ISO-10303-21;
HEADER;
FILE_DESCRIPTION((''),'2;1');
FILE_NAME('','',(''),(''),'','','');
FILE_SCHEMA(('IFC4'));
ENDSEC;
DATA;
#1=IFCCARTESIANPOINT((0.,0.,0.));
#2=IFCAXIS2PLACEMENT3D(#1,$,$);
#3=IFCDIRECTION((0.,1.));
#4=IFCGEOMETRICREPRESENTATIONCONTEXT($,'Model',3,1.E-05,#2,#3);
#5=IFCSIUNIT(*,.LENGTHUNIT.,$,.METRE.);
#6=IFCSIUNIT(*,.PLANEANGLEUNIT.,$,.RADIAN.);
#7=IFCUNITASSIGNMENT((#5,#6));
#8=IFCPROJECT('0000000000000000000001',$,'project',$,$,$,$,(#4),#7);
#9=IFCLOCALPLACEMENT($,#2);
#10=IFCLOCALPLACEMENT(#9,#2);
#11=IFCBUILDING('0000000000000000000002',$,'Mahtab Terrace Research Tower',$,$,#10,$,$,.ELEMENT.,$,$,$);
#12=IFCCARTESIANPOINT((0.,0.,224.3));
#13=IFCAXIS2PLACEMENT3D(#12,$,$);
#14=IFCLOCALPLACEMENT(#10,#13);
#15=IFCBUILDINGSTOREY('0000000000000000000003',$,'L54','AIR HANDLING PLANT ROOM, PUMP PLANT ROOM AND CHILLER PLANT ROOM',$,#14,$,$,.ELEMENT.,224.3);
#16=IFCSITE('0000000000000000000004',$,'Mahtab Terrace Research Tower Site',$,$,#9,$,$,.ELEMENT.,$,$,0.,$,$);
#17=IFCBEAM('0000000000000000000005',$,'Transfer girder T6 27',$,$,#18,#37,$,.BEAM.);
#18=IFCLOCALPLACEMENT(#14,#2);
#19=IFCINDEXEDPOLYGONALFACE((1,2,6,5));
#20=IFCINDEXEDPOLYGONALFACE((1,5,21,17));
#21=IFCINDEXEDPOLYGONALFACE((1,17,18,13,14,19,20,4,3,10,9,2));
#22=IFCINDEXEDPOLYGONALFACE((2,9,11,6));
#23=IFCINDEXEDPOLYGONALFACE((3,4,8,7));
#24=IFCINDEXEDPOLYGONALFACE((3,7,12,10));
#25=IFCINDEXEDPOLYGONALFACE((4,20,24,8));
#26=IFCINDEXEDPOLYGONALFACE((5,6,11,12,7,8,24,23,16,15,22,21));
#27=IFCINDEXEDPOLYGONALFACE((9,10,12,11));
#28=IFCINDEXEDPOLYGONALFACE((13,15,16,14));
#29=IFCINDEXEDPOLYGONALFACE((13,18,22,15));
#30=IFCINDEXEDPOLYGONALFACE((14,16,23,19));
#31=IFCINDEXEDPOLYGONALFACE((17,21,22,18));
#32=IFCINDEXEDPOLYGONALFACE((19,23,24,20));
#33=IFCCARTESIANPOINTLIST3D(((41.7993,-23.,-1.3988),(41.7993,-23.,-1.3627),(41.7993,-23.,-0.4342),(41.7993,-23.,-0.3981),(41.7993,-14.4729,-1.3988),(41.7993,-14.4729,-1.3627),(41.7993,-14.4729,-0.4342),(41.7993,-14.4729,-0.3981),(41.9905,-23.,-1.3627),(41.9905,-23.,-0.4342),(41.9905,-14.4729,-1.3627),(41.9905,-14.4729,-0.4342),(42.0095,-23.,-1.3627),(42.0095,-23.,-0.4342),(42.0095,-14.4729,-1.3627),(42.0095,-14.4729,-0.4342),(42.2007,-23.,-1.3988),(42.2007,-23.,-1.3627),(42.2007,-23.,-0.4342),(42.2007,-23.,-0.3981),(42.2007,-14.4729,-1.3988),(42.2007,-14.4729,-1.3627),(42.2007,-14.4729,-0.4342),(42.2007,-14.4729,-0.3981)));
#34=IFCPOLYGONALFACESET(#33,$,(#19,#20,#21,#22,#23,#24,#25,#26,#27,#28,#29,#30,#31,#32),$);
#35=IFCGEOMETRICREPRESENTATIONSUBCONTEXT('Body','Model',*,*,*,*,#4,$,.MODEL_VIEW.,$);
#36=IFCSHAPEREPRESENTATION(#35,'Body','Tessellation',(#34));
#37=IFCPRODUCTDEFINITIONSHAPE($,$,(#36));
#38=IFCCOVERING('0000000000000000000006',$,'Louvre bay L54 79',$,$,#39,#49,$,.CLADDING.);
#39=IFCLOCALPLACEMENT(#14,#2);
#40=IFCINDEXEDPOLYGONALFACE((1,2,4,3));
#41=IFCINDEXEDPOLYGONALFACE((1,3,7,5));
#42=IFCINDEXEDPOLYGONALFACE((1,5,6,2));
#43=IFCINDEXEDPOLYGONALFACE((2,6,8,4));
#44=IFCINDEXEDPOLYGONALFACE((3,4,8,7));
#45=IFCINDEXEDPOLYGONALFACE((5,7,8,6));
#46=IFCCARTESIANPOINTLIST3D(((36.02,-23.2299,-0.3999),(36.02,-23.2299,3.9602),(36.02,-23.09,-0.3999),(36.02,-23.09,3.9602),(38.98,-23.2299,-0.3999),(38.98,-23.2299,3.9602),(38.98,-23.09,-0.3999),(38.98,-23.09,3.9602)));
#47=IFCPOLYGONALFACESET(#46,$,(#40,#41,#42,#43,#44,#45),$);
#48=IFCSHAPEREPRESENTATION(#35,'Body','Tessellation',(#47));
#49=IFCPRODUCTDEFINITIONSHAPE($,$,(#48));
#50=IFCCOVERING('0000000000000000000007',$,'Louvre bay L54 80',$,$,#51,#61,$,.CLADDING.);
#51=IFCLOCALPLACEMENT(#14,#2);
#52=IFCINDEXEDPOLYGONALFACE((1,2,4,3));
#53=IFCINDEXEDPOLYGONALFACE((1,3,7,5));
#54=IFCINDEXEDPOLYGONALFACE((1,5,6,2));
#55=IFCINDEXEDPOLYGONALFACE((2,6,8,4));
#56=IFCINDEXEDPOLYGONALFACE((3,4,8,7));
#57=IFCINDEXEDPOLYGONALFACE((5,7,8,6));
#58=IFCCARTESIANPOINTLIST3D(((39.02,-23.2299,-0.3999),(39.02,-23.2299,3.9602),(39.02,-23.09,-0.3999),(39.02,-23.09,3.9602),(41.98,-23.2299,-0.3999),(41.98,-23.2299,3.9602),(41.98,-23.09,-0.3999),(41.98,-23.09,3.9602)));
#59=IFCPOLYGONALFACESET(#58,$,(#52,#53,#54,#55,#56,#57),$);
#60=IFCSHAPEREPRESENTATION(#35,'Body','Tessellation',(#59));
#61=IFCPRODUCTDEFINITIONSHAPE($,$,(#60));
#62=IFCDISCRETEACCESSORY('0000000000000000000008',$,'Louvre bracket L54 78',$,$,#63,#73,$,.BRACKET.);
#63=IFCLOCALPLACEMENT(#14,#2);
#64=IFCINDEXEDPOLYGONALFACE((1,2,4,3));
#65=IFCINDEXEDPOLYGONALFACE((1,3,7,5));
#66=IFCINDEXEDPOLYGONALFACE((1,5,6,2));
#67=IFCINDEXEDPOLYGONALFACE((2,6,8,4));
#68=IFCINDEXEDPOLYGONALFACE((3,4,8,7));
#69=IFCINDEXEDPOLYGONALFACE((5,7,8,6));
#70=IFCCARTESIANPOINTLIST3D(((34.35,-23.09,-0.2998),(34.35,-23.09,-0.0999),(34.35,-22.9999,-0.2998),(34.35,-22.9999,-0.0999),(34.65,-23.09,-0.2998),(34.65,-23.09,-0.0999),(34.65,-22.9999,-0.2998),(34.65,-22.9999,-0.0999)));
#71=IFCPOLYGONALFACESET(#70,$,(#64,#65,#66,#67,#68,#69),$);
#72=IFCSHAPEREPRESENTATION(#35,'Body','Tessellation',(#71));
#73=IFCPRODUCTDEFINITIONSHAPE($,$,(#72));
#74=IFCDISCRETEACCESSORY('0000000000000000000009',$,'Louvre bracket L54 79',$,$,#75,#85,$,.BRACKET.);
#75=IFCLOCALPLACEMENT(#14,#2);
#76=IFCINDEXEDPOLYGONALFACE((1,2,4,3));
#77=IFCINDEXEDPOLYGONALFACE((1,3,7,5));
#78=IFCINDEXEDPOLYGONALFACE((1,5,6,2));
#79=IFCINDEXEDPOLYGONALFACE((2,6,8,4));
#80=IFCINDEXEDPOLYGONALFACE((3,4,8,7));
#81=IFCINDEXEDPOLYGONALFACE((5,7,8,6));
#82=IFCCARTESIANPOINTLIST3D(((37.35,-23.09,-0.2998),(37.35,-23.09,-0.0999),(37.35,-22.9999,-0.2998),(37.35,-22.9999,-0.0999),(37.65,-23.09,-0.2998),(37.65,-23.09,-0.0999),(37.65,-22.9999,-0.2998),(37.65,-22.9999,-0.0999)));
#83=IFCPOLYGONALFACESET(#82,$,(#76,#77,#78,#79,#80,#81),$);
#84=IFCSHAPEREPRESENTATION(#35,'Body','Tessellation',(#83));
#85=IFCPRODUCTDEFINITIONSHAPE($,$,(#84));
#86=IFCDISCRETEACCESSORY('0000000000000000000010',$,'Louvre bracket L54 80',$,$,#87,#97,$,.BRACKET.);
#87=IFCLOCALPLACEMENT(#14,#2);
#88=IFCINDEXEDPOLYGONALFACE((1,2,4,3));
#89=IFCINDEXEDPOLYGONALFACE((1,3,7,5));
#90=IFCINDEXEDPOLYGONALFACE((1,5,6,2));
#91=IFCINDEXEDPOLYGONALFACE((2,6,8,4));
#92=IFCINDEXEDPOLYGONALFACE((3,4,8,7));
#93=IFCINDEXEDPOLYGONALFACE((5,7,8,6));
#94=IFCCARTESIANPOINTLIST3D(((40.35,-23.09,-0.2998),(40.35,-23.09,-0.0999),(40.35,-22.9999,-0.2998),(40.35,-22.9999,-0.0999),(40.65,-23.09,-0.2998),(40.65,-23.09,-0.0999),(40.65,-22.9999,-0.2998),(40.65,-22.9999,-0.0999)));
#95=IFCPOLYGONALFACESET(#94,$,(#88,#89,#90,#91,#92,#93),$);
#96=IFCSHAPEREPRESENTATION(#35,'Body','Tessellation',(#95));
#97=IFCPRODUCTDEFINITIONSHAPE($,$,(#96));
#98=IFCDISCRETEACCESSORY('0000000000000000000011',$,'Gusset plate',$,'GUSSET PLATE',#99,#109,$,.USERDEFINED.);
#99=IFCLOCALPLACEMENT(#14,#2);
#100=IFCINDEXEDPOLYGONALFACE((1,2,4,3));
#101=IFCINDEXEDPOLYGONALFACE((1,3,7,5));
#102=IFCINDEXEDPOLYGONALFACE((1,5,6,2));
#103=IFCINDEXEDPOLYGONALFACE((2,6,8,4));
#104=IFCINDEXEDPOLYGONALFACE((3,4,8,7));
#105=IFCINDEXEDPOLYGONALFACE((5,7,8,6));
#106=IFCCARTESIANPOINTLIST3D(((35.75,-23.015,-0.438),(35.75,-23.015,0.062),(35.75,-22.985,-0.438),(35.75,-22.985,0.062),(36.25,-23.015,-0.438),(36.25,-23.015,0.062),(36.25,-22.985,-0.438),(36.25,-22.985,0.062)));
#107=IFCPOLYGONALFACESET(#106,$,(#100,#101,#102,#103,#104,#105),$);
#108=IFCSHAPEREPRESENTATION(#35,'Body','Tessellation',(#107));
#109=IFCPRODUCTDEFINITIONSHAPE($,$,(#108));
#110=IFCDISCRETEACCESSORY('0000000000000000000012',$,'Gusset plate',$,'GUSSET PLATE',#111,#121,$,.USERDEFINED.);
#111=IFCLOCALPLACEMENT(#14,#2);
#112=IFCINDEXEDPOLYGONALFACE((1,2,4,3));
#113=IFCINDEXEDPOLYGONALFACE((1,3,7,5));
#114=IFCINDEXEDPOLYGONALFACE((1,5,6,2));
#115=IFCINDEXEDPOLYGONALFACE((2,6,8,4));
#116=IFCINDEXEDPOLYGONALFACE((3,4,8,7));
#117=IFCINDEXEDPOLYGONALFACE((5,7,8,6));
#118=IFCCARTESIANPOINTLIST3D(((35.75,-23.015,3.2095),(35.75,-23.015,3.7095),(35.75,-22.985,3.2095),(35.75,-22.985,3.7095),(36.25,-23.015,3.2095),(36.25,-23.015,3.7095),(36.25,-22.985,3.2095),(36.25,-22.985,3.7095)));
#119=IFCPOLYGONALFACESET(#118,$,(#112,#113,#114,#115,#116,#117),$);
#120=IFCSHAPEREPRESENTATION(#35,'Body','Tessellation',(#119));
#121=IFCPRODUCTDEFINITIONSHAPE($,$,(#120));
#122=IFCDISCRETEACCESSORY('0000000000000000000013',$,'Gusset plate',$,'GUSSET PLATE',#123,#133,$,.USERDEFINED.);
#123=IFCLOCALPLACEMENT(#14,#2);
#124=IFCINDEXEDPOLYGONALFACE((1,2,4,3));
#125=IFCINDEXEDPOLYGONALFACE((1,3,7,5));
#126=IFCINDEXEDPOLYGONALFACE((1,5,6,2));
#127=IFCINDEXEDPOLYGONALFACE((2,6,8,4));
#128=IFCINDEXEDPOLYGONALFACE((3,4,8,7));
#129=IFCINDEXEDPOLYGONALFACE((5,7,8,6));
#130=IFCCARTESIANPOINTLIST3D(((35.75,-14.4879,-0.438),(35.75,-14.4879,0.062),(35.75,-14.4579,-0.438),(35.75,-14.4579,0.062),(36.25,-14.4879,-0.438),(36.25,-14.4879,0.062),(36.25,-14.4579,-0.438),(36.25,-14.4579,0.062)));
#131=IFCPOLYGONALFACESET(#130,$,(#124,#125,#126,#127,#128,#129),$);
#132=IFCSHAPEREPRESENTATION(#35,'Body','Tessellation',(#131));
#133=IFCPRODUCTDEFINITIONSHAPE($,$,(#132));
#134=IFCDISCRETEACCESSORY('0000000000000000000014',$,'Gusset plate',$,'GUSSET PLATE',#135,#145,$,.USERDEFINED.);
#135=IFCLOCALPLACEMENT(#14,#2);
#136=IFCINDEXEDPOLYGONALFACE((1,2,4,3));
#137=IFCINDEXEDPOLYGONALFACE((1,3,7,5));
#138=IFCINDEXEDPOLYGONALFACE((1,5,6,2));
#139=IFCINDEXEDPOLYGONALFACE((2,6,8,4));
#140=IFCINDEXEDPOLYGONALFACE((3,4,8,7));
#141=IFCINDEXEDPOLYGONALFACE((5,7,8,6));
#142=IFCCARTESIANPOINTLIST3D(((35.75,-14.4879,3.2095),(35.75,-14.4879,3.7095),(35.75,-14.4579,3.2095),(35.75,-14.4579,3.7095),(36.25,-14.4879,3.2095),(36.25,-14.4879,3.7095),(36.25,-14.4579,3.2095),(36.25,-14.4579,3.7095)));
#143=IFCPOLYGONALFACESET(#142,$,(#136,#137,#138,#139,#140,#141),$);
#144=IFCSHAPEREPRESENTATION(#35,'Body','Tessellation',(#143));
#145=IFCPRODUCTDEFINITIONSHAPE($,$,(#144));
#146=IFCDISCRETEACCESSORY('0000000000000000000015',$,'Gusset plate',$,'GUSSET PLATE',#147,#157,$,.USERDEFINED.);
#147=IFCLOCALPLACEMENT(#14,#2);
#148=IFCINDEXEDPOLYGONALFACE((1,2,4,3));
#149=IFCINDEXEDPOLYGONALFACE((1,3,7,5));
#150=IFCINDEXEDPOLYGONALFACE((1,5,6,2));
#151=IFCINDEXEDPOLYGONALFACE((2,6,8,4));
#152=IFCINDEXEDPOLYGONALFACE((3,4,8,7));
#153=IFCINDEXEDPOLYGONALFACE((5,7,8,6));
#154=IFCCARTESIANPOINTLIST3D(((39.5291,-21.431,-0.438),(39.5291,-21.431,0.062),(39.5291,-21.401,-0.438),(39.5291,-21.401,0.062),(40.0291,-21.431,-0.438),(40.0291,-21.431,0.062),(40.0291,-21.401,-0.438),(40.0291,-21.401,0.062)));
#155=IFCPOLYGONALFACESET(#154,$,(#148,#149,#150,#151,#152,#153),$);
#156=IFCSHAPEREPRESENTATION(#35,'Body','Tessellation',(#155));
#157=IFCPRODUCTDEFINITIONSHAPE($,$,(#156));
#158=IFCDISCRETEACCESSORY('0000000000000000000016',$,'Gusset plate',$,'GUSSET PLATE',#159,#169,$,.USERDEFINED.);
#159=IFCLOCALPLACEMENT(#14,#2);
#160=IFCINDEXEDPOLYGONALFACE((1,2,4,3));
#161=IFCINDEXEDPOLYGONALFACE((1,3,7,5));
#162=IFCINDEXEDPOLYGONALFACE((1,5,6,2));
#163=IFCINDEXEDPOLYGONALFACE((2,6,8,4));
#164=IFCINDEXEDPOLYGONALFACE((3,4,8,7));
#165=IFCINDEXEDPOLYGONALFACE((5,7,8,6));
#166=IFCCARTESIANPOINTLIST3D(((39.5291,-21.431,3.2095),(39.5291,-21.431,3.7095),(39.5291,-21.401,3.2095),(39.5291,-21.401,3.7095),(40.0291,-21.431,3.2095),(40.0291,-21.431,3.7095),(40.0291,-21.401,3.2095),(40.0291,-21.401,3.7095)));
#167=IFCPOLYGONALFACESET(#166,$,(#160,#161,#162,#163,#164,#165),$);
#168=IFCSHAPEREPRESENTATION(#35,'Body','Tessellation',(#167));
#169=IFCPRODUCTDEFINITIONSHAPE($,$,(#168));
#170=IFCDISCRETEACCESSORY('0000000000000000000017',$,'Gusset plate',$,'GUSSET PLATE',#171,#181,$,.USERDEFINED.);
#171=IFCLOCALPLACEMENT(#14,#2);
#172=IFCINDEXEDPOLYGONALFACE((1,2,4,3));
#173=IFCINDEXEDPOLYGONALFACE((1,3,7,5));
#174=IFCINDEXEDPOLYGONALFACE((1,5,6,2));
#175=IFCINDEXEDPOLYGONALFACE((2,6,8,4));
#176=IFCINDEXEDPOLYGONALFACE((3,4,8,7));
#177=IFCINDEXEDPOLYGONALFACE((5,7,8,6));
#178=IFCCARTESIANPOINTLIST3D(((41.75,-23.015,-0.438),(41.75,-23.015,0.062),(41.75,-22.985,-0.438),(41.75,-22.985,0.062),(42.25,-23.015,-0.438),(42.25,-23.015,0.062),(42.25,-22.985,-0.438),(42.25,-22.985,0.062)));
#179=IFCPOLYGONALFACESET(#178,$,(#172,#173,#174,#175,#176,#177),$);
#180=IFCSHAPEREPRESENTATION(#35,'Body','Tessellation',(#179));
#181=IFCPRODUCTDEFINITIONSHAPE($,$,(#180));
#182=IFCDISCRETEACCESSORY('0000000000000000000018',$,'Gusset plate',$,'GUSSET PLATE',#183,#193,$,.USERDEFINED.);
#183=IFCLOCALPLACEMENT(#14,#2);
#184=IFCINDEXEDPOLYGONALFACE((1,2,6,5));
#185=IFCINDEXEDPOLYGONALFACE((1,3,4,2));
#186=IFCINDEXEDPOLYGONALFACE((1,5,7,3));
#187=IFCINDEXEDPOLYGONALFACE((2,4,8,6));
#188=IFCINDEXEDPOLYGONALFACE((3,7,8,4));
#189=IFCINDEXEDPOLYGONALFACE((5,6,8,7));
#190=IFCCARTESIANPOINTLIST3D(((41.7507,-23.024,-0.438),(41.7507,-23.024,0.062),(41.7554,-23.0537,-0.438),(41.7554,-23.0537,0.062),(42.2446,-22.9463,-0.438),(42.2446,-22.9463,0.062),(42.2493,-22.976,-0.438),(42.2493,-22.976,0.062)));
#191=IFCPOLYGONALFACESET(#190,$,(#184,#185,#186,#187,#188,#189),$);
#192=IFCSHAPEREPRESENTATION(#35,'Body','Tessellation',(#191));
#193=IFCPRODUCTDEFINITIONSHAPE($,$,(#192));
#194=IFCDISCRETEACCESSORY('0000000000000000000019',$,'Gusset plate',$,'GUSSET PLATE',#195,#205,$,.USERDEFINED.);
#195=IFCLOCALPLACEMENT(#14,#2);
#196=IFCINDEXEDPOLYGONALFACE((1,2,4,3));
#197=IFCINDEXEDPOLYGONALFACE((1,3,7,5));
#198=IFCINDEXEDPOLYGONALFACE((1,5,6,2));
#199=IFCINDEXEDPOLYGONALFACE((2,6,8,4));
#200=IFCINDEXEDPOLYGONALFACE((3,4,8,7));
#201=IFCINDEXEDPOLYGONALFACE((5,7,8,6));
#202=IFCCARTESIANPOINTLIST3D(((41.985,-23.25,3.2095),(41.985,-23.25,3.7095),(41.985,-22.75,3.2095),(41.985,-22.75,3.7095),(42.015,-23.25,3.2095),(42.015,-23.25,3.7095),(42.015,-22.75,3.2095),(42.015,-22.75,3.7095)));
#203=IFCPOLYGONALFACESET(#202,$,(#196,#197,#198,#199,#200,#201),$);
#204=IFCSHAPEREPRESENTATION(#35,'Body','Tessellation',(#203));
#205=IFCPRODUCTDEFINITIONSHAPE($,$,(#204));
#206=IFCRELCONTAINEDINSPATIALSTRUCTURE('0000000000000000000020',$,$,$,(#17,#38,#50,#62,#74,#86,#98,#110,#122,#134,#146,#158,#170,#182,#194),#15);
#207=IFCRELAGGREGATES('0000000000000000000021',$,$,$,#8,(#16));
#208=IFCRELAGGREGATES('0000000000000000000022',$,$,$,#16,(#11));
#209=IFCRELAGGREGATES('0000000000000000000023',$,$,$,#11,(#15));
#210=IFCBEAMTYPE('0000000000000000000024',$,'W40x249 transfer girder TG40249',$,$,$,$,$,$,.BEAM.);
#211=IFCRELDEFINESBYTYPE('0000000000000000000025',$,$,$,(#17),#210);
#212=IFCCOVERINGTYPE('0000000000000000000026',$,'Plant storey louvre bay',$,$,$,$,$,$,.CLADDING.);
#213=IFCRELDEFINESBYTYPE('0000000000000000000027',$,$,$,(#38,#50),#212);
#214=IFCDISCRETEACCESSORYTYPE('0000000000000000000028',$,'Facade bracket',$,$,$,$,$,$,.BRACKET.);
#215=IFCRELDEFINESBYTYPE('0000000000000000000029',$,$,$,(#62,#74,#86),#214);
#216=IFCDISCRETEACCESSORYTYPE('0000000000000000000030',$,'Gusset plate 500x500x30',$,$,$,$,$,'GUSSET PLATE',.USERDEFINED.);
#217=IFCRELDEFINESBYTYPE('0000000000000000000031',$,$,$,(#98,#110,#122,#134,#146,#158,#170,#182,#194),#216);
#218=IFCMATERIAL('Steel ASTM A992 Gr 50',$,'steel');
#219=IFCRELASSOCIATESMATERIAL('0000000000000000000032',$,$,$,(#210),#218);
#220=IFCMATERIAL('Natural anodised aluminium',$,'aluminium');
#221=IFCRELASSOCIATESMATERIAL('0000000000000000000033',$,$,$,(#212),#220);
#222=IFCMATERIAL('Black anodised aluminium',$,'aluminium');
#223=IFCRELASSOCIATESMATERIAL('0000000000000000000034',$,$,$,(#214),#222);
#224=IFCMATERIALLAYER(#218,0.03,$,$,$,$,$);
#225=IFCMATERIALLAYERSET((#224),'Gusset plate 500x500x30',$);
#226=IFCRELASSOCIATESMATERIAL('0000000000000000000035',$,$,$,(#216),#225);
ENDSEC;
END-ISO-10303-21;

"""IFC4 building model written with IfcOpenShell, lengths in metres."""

from ifc_helpers import new_model, si_unit, direction, frame, origin, origin_2d, place, context, subcontext, project, spatial, rectangle, i_section, extrude, material, layer, layer_set, material_profile, profile_set, type_object, element, save


model = new_model("IFC4")

# Units and contexts
model_context = context("Model", 3, precision=1e-05, world=origin(), true_north=direction((0.0, 1.0)))
body_context = subcontext(model_context, "Body", "Model", "MODEL_VIEW")
ifc_project = project(units=[si_unit("LENGTHUNIT", "METRE"), si_unit("PLANEANGLEUNIT", "RADIAN")], contexts=[model_context])

# Site, building, storey
site_placement = place(None, origin())
site = spatial("IfcSite", under=ifc_project, at=site_placement, Name="Mahtab Terrace Research Tower Site", CompositionType="ELEMENT", RefElevation=0.0)
building_placement = place(site_placement, origin())
building = spatial("IfcBuilding", under=site, at=building_placement, Name="Mahtab Terrace Research Tower", CompositionType="ELEMENT")
storey_placement = place(building_placement, frame((0.0, 0.0, 224.3)))
storey = spatial("IfcBuildingStorey", under=building, at=storey_placement, Name="L54", Description="AIR HANDLING PLANT ROOM, PUMP PLANT ROOM AND CHILLER PLANT ROOM", CompositionType="ELEMENT", Elevation=224.3)

# Shared definitions
ifc_material_1 = material(Name="Steel ASTM A992 Gr 50", Category="steel")

# Beam
ifc_material_profile_1 = material_profile(ifc_material_1, i_section(OverallWidth=0.4014, OverallDepth=1.0007, WebThickness=0.019, FlangeThickness=0.0361, at=origin_2d()), Name="W40X249")
ifc_profile_set_1 = profile_set([ifc_material_profile_1], Name="Steel ASTM A992 Gr 50")
beam_type = type_object("IfcBeamType", Name="W40x249 transfer girder TG40249", PredefinedType="BEAM", material=ifc_profile_set_1)
beam_placement = place(storey_placement, frame((42.0, -23.0, -0.8984), z_axis=(0.0, 1.0, 0.0), x_axis=(-1.0, 0.0, 0.0)))
element("IfcBeam", 1, at=beam_placement, inside=storey, type_object=beam_type, Name="Transfer girder T6 27", PredefinedType="BEAM", context=body_context, shape_type="SweptSolid", body=[
    extrude(i_section(OverallWidth=0.4014, OverallDepth=1.0007, WebThickness=0.019, FlangeThickness=0.0361, at=origin_2d()), origin(), (0.0, 0.0, 1.0), 8.5271),
])

# Coverings
ifc_material_2 = material(Name="Natural anodised aluminium", Category="aluminium")
covering_type = type_object("IfcCoveringType", Name="Plant storey louvre bay", PredefinedType="CLADDING", material=ifc_material_2)
for number, where, z_axis, x_axis, name in (
    (2, (37.5, -23.1599, -0.3999), (0.0, 0.0, 1.0), (1.0, 0.0, 0.0), "Louvre bay L54 79"),
    (3, (40.5, -23.1599, -0.3999), (0.0, 0.0, 1.0), (1.0, 0.0, 0.0), "Louvre bay L54 80"),
):
    element("IfcCovering", number, at=place(storey_placement, frame(where, z_axis=z_axis, x_axis=x_axis)), inside=storey, type_object=covering_type, Name=name, PredefinedType="CLADDING", context=body_context, shape_type="SweptSolid", body=[
        extrude(rectangle(XDim=2.96, YDim=0.1399, at=origin_2d()), origin(), (0.0, 0.0, 1.0), 4.3601),
    ])

# Discrete accessories
ifc_material_3 = material(Name="Black anodised aluminium", Category="aluminium")
discrete_accessory_type_1 = type_object("IfcDiscreteAccessoryType", Name="Facade bracket", PredefinedType="BRACKET", material=ifc_material_3)
for number, where, z_axis, x_axis, name in (
    (4, (34.5, -23.0449, -0.2998), (0.0, 0.0, 1.0), (1.0, 0.0, 0.0), "Louvre bracket L54 78"),
    (5, (37.5, -23.0449, -0.2998), (0.0, 0.0, 1.0), (1.0, 0.0, 0.0), "Louvre bracket L54 79"),
    (6, (40.5, -23.0449, -0.2998), (0.0, 0.0, 1.0), (1.0, 0.0, 0.0), "Louvre bracket L54 80"),
):
    element("IfcDiscreteAccessory", number, at=place(storey_placement, frame(where, z_axis=z_axis, x_axis=x_axis)), inside=storey, type_object=discrete_accessory_type_1, Name=name, PredefinedType="BRACKET", context=body_context, shape_type="SweptSolid", body=[
        extrude(rectangle(XDim=0.3, YDim=0.0901, at=origin_2d()), origin(), (0.0, 0.0, 1.0), 0.2),
    ])
ifc_layer = layer(ifc_material_1, 0.03)
ifc_layer_set = layer_set([ifc_layer], Name="Gusset plate 500x500x30")
discrete_accessory_type_2 = type_object("IfcDiscreteAccessoryType", Name="Gusset plate 500x500x30", ElementType="GUSSET PLATE", PredefinedType="USERDEFINED", material=ifc_layer_set)
for number, where, z_axis, x_axis, name in (
    (7, (36.0, -23.0, -0.438), (0.0, 0.0, 1.0), (1.0, 0.0, 0.0), "Gusset plate"),
    (8, (36.0, -23.0, 3.2095), (0.0, 0.0, 1.0), (1.0, 0.0, 0.0), "Gusset plate"),
    (9, (36.0, -14.4729, -0.438), (0.0, 0.0, 1.0), (1.0, 0.0, 0.0), "Gusset plate"),
    (10, (36.0, -14.4729, 3.2095), (0.0, 0.0, 1.0), (1.0, 0.0, 0.0), "Gusset plate"),
    (11, (39.7791, -21.416, -0.438), (0.0, 0.0, 1.0), (1.0, 0.0, 0.0), "Gusset plate"),
    (12, (39.7791, -21.416, 3.2095), (0.0, 0.0, 1.0), (1.0, 0.0, 0.0), "Gusset plate"),
    (13, (42.0, -23.0, -0.438), (0.0, 0.0, 1.0), (1.0, 0.0, 0.0), "Gusset plate"),
    (14, (42.0, -23.0, -0.438), (0.0, 0.0, 1.0), (0.987835, 0.155504, 0.0), "Gusset plate"),
    (15, (42.0, -23.0, 3.2095), (0.0, 0.0, 1.0), (0.0, 1.0, 0.0), "Gusset plate"),
):
    element("IfcDiscreteAccessory", number, at=place(storey_placement, frame(where, z_axis=z_axis, x_axis=x_axis)), inside=storey, type_object=discrete_accessory_type_2, Name=name, ObjectType="GUSSET PLATE", PredefinedType="USERDEFINED", context=body_context, shape_type="SweptSolid", body=[
        extrude(rectangle(XDim=0.5, YDim=0.03, at=origin_2d()), origin(), (0.0, 0.0, 1.0), 0.5),
    ])

save(model, "model.ifc")
